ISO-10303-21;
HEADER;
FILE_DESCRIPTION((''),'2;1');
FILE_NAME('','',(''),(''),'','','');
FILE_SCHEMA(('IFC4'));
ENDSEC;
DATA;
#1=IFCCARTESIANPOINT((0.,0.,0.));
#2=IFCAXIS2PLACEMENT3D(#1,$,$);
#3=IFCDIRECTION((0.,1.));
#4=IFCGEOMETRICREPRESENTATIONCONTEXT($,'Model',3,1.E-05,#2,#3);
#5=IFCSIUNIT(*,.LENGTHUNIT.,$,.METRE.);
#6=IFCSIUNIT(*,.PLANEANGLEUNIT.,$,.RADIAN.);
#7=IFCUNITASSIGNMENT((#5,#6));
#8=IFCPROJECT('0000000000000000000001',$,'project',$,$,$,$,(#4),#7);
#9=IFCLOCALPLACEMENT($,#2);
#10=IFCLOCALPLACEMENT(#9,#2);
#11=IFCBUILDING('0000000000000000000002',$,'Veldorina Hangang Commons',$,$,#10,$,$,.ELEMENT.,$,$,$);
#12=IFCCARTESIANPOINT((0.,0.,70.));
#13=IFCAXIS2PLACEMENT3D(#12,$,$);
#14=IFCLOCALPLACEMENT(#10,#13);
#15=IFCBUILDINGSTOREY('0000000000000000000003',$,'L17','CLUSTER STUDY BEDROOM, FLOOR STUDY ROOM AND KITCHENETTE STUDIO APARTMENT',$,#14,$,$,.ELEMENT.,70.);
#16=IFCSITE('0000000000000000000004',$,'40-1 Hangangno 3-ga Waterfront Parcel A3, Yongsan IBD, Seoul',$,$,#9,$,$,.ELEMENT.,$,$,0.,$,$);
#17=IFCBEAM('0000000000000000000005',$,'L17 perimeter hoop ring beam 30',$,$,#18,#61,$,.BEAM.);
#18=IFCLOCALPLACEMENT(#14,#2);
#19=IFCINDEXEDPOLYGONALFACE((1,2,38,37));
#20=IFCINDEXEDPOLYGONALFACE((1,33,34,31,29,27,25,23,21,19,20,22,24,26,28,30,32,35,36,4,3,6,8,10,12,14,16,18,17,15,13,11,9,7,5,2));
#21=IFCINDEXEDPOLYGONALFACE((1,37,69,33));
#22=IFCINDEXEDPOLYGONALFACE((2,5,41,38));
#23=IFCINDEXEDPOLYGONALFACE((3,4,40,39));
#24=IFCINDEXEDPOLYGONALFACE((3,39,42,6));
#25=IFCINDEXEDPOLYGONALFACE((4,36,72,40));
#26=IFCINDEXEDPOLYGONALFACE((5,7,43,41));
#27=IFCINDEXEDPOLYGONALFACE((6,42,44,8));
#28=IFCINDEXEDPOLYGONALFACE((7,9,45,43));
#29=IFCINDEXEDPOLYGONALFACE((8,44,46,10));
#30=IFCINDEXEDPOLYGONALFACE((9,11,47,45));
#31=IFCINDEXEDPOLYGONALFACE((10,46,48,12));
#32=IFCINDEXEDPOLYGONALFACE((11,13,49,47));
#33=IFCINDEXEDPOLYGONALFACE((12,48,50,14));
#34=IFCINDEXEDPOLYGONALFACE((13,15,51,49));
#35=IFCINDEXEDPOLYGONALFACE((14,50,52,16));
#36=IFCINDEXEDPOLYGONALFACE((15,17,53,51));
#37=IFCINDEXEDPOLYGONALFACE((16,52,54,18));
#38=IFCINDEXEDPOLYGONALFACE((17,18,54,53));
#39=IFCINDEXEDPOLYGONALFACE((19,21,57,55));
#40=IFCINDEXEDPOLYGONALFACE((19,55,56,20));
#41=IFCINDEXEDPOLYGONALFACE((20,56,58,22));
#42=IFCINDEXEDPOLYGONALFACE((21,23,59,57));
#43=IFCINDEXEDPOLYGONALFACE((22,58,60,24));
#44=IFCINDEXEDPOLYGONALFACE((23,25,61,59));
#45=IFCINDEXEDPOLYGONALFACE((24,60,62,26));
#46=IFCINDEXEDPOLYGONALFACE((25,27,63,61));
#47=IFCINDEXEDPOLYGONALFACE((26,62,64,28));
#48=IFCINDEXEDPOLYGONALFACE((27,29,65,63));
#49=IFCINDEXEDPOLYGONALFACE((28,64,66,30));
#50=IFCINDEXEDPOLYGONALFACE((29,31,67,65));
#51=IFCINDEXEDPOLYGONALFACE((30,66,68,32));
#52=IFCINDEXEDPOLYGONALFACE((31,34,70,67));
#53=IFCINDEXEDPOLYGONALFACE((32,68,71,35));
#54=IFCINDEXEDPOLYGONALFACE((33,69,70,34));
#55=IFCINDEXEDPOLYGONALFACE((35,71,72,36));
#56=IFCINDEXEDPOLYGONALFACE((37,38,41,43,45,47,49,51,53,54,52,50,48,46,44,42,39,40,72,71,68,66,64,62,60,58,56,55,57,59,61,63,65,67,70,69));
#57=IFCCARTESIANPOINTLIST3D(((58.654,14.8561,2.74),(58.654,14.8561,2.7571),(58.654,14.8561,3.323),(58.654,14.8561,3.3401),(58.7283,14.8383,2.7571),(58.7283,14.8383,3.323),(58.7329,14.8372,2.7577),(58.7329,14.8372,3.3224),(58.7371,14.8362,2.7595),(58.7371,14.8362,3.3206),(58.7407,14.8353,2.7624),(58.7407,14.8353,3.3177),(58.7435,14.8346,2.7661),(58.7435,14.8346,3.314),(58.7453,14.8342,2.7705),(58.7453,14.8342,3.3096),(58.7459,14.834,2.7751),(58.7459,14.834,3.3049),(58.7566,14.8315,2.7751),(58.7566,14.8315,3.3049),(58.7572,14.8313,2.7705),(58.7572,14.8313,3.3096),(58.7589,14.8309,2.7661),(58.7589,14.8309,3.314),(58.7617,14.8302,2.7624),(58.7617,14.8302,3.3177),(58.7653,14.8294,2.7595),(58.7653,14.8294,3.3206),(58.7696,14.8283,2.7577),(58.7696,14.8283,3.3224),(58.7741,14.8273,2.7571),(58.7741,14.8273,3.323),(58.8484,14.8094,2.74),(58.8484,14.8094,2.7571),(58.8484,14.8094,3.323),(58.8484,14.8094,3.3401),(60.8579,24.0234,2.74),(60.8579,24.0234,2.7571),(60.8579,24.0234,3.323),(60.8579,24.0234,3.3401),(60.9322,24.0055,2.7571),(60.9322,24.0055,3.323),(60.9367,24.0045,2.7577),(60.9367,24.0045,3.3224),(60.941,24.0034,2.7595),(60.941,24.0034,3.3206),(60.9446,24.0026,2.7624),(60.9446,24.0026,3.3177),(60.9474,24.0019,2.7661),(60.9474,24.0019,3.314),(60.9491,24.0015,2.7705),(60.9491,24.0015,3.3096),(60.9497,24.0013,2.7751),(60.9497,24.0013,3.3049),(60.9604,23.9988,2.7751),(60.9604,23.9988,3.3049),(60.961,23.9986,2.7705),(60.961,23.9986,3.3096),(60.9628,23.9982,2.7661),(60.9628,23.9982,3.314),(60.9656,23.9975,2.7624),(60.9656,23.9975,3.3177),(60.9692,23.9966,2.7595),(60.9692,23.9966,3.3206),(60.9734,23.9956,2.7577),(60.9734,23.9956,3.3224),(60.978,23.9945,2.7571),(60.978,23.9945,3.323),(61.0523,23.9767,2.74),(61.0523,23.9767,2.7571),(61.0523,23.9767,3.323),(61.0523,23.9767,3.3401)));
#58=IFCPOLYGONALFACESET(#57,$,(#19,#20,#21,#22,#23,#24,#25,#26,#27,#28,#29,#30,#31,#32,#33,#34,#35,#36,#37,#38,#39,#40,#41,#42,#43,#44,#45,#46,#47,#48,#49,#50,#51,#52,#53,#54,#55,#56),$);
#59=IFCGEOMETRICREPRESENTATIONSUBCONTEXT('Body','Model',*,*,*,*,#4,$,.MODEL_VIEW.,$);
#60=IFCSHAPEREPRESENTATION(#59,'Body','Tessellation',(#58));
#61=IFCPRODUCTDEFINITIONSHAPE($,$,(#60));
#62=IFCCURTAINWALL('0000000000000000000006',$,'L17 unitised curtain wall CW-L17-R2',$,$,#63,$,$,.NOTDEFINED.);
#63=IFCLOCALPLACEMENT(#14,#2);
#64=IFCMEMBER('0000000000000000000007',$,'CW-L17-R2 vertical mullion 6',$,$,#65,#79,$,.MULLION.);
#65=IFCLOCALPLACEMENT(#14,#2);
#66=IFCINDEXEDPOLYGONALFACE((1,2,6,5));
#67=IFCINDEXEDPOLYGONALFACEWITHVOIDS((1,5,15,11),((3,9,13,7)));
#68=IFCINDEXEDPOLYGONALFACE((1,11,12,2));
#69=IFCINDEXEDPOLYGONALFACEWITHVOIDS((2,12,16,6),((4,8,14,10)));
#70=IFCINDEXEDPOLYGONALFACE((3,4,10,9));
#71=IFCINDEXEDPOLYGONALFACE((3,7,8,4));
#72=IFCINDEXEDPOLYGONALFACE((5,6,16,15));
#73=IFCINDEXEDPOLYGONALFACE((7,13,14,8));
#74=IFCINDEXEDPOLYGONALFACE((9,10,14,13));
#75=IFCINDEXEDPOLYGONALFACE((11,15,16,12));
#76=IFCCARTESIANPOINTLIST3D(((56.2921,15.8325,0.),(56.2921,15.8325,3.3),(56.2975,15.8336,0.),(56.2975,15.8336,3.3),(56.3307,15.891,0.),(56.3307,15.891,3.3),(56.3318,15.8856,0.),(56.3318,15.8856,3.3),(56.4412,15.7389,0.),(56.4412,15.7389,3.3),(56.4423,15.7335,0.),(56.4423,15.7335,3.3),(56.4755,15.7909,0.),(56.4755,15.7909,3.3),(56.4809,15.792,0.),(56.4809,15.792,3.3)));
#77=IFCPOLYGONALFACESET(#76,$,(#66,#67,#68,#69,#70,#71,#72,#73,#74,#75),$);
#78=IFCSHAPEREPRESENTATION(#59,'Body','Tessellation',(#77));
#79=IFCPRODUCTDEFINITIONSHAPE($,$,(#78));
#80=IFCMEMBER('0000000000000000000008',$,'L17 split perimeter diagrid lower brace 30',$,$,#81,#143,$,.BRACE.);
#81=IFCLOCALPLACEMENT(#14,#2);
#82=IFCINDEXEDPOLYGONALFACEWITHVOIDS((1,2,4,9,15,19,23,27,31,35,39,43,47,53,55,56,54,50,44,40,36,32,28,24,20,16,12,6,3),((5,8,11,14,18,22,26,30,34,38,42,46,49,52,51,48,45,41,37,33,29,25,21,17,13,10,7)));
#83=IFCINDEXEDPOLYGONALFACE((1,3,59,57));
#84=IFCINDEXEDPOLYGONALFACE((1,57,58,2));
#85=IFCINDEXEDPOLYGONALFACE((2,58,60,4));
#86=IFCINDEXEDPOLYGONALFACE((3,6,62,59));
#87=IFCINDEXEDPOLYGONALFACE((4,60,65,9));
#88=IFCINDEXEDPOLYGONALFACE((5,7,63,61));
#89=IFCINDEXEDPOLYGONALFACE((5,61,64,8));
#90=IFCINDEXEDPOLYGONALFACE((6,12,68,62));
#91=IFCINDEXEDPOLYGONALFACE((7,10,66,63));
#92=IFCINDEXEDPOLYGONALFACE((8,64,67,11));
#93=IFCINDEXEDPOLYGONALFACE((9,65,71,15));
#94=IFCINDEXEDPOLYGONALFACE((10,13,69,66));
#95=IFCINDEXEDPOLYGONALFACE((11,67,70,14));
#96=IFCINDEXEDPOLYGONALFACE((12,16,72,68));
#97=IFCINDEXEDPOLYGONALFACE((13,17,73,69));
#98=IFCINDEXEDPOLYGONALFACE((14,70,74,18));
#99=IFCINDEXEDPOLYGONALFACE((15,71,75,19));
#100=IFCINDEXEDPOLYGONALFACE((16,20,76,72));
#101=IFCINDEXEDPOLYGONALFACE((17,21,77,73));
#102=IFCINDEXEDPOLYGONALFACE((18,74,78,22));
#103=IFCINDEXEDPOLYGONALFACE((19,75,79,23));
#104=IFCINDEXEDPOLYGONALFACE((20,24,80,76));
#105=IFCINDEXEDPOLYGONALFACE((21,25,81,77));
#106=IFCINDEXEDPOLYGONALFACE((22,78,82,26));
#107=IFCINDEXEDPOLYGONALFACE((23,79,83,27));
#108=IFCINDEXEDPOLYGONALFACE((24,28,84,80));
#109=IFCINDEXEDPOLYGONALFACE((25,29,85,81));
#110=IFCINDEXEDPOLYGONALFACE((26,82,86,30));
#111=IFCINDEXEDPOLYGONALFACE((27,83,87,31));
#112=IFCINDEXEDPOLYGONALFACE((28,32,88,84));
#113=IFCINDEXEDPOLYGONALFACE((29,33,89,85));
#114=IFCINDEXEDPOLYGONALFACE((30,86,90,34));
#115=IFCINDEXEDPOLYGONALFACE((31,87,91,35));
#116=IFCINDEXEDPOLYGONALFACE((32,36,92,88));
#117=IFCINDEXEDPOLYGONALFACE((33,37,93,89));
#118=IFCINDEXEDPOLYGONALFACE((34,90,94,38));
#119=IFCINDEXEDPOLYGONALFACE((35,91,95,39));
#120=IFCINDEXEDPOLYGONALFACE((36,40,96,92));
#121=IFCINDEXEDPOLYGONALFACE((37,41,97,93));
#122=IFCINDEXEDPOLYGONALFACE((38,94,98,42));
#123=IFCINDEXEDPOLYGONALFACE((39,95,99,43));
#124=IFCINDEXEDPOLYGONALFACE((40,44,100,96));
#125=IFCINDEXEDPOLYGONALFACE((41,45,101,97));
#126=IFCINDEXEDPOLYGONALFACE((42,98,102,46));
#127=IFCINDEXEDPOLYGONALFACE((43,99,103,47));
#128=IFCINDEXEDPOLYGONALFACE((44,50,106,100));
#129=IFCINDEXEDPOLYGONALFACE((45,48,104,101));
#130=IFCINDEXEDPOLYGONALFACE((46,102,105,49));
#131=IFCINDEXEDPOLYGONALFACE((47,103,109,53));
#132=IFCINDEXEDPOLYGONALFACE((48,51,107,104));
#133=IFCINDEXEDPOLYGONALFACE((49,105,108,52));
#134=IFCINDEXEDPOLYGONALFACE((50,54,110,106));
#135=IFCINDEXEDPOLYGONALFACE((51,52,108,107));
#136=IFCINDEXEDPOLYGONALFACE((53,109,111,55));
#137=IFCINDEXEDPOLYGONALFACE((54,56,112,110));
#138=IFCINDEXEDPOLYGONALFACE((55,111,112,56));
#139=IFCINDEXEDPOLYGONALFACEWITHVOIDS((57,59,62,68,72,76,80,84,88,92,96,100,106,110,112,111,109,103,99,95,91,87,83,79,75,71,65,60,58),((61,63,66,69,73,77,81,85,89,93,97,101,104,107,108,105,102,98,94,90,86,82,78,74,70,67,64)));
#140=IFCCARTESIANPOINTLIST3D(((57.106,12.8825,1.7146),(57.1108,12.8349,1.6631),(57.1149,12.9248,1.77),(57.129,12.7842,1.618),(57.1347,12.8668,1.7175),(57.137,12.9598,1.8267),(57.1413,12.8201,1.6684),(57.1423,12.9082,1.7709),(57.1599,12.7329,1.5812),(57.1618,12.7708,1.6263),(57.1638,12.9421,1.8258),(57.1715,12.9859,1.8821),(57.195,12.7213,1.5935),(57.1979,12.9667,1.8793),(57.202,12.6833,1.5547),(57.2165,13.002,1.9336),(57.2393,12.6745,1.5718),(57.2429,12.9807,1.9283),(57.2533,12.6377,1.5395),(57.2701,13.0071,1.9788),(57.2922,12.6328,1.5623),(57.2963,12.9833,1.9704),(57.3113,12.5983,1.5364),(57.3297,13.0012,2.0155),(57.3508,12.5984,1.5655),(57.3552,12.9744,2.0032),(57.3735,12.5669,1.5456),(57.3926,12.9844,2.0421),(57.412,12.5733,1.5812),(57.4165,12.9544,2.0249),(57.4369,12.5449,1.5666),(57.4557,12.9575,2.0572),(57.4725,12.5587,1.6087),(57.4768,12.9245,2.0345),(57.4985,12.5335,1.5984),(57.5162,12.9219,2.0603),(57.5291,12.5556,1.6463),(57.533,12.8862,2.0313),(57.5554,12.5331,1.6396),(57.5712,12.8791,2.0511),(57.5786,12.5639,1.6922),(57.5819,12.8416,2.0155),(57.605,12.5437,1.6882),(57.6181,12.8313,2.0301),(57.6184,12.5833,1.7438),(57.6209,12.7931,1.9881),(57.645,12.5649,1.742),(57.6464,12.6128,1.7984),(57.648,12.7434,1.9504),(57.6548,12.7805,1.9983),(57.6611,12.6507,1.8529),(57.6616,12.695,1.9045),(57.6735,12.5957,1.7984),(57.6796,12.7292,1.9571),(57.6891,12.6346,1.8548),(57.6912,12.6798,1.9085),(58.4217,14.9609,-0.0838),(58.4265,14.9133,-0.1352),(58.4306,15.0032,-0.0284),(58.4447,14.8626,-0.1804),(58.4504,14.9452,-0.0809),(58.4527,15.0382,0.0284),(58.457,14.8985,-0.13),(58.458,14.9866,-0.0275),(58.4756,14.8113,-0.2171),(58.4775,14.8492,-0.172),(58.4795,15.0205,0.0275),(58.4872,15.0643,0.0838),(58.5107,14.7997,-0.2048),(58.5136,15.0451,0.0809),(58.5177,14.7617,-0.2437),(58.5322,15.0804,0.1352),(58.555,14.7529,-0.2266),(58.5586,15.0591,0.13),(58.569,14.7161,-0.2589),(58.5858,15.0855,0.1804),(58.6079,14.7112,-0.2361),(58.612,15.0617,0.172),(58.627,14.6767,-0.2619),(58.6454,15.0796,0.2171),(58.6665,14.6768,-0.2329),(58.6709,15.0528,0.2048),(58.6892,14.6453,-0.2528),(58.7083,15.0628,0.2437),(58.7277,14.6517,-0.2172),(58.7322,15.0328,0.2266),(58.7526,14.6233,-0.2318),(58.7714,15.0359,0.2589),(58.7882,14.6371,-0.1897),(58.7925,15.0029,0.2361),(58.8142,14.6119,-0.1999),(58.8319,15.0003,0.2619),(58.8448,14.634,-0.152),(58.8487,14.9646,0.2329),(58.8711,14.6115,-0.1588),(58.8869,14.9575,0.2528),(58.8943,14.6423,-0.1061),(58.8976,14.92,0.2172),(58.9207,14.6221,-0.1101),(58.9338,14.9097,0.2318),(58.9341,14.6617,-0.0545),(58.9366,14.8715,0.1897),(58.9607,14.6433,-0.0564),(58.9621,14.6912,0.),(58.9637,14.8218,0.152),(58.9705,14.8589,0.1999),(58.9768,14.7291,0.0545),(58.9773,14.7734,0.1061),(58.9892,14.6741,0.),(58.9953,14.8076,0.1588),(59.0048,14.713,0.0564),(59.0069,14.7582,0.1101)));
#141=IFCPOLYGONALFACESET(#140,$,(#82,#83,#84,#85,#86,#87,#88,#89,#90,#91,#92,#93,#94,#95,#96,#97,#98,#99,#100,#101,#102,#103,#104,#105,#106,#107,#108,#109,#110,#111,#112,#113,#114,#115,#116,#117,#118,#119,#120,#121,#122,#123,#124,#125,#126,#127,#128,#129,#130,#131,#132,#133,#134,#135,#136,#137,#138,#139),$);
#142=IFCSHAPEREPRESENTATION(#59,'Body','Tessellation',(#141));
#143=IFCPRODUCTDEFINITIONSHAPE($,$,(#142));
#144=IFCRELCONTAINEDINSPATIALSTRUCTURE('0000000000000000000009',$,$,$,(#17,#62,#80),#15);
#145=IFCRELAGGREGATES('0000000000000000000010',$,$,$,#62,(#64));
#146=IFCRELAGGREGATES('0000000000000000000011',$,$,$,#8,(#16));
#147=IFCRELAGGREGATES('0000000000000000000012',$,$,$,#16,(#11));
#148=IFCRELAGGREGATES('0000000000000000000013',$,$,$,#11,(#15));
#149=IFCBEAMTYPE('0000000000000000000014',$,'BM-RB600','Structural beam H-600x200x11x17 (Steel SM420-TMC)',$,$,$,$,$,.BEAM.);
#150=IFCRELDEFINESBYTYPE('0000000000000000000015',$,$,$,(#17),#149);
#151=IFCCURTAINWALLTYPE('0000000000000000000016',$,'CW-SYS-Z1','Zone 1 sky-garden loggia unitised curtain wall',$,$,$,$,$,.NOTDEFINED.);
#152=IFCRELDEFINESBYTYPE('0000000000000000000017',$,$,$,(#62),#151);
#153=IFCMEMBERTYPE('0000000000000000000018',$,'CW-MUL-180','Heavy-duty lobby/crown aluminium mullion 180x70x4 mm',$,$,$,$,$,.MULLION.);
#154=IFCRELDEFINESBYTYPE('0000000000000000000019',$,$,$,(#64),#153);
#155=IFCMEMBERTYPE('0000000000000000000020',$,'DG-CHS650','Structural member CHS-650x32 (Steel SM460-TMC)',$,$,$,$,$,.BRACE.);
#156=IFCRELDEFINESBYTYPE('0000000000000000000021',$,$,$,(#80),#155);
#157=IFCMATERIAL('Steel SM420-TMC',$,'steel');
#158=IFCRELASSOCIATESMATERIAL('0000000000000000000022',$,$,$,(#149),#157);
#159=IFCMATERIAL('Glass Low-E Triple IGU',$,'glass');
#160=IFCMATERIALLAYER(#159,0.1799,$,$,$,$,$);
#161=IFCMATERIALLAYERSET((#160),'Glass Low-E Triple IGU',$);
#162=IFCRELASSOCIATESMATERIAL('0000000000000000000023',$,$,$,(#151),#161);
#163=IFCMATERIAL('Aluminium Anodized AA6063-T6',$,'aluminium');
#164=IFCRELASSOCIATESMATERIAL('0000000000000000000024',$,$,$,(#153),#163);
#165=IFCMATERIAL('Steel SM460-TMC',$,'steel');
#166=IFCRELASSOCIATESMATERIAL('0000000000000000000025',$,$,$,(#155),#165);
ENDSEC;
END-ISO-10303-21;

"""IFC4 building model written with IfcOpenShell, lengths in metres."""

from ifc_helpers import new_model, si_unit, direction, frame, origin, origin_2d, place, context, subcontext, project, spatial, hollow_rectangle, hollow_circle, i_section, extrude, material, layer, layer_set, material_profile, profile_set, type_object, element, aggregate, save


model = new_model("IFC4")

# Units and contexts
model_context = context("Model", 3, precision=1e-05, world=origin(), true_north=direction((0.0, 1.0)))
body_context = subcontext(model_context, "Body", "Model", "MODEL_VIEW")
ifc_project = project(units=[si_unit("LENGTHUNIT", "METRE"), si_unit("PLANEANGLEUNIT", "RADIAN")], contexts=[model_context])

# Site, building, storey
site_placement = place(None, origin())
site = spatial("IfcSite", under=ifc_project, at=site_placement, Name="40-1 Hangangno 3-ga Waterfront Parcel A3, Yongsan IBD, Seoul", CompositionType="ELEMENT", RefElevation=0.0)
building_placement = place(site_placement, origin())
building = spatial("IfcBuilding", under=site, at=building_placement, Name="Veldorina Hangang Commons", CompositionType="ELEMENT")
storey_placement = place(building_placement, frame((0.0, 0.0, 70.0)))
storey = spatial("IfcBuildingStorey", under=building, at=storey_placement, Name="L17", Description="CLUSTER STUDY BEDROOM, FLOOR STUDY ROOM AND KITCHENETTE STUDIO APARTMENT", CompositionType="ELEMENT", Elevation=70.0)

# Beam
ifc_material_1 = material(Name="Steel SM420-TMC", Category="steel")
ifc_material_profile_1 = material_profile(ifc_material_1, i_section(OverallWidth=0.2, OverallDepth=0.6001, WebThickness=0.011, FlangeThickness=0.0171, FilletRadius=0.0181, at=origin_2d()), Name="H-600x200x11x17")
ifc_profile_set_1 = profile_set([ifc_material_profile_1], Name="Steel SM420-TMC")
beam_type = type_object("IfcBeamType", Name="BM-RB600", Description="Structural beam H-600x200x11x17 (Steel SM420-TMC)", PredefinedType="BEAM", material=ifc_profile_set_1)
beam_placement = place(storey_placement, frame((58.7512, 14.8328, 3.04), z_axis=(0.233746, 0.972298, 0.0), x_axis=(-0.972298, 0.233746, 0.0)))
element("IfcBeam", 1, at=beam_placement, inside=storey, type_object=beam_type, Name="L17 perimeter hoop ring beam 30", PredefinedType="BEAM", context=body_context, shape_type="SweptSolid", body=[
    extrude(i_section(OverallWidth=0.2, OverallDepth=0.6001, WebThickness=0.011, FlangeThickness=0.0171, FilletRadius=0.0181, at=origin_2d()), origin(), (0.0, 0.0, 1.0), 9.4285),
])

# Curtain wall, member
ifc_material_2 = material(Name="Glass Low-E Triple IGU", Category="glass")
ifc_layer_1 = layer(ifc_material_2, 0.1799)
ifc_layer_set_1 = layer_set([ifc_layer_1], Name="Glass Low-E Triple IGU")
curtain_wall_type = type_object("IfcCurtainWallType", Name="CW-SYS-Z1", Description="Zone 1 sky-garden loggia unitised curtain wall", PredefinedType="NOTDEFINED", material=ifc_layer_set_1)
curtain_wall_placement = place(storey_placement, origin())
curtain_wall = element("IfcCurtainWall", 2, at=curtain_wall_placement, inside=storey, type_object=curtain_wall_type, Name="L17 unitised curtain wall CW-L17-R2", PredefinedType="NOTDEFINED")
ifc_material_3 = material(Name="Aluminium Anodized AA6063-T6", Category="aluminium")
ifc_material_profile_2 = material_profile(ifc_material_3, hollow_rectangle(XDim=0.0701, YDim=0.1799, WallThickness=0.0039, at=origin_2d()), Name="ALU-RHS-180x70x4")
ifc_profile_set_2 = profile_set([ifc_material_profile_2], Name="Aluminium Anodized AA6063-T6")
member_type_1 = type_object("IfcMemberType", Name="CW-MUL-180", Description="Heavy-duty lobby/crown aluminium mullion 180x70x4 mm", PredefinedType="MULLION", material=ifc_profile_set_2)
member_1_placement = place(storey_placement, frame((56.3865, 15.8123, 0.0), z_axis=(0.0, 0.0, 1.0), x_axis=(-0.550495, -0.834838, 0.0)))
member_1 = element("IfcMember", 3, at=member_1_placement, type_object=member_type_1, Name="CW-L17-R2 vertical mullion 6", PredefinedType="MULLION", context=body_context, shape_type="SweptSolid", body=[
    extrude(hollow_rectangle(XDim=0.0701, YDim=0.1799, WallThickness=0.0039, at=origin_2d()), origin(), (0.0, 0.0, 1.0), 3.3),
])

# Member
ifc_material_4 = material(Name="Steel SM460-TMC", Category="steel")
ifc_material_profile_3 = material_profile(ifc_material_4, hollow_circle(Radius=0.325, WallThickness=0.032, at=origin_2d()), Name="CHS-650x32")
ifc_profile_set_3 = profile_set([ifc_material_profile_3], Name="Steel SM460-TMC")
member_type_2 = type_object("IfcMemberType", Name="DG-CHS650", Description="Structural member CHS-650x32 (Steel SM460-TMC)", PredefinedType="BRACE", material=ifc_profile_set_3)
member_2_placement = place(storey_placement, frame((58.7146, 14.8479, 0.0), z_axis=(-0.431783, -0.682088, 0.590186), x_axis=(0.844934, -0.53487, 0.0)))
element("IfcMember", 4, at=member_2_placement, inside=storey, type_object=member_type_2, Name="L17 split perimeter diagrid lower brace 30", PredefinedType="BRACE", context=body_context, shape_type="SweptSolid", body=[
    extrude(hollow_circle(Radius=0.325, WallThickness=0.032, at=origin_2d()), origin(), (0.0, 0.0, 1.0), 3.0471),
])

aggregate(curtain_wall, [member_1])

save(model, "model.ifc")
